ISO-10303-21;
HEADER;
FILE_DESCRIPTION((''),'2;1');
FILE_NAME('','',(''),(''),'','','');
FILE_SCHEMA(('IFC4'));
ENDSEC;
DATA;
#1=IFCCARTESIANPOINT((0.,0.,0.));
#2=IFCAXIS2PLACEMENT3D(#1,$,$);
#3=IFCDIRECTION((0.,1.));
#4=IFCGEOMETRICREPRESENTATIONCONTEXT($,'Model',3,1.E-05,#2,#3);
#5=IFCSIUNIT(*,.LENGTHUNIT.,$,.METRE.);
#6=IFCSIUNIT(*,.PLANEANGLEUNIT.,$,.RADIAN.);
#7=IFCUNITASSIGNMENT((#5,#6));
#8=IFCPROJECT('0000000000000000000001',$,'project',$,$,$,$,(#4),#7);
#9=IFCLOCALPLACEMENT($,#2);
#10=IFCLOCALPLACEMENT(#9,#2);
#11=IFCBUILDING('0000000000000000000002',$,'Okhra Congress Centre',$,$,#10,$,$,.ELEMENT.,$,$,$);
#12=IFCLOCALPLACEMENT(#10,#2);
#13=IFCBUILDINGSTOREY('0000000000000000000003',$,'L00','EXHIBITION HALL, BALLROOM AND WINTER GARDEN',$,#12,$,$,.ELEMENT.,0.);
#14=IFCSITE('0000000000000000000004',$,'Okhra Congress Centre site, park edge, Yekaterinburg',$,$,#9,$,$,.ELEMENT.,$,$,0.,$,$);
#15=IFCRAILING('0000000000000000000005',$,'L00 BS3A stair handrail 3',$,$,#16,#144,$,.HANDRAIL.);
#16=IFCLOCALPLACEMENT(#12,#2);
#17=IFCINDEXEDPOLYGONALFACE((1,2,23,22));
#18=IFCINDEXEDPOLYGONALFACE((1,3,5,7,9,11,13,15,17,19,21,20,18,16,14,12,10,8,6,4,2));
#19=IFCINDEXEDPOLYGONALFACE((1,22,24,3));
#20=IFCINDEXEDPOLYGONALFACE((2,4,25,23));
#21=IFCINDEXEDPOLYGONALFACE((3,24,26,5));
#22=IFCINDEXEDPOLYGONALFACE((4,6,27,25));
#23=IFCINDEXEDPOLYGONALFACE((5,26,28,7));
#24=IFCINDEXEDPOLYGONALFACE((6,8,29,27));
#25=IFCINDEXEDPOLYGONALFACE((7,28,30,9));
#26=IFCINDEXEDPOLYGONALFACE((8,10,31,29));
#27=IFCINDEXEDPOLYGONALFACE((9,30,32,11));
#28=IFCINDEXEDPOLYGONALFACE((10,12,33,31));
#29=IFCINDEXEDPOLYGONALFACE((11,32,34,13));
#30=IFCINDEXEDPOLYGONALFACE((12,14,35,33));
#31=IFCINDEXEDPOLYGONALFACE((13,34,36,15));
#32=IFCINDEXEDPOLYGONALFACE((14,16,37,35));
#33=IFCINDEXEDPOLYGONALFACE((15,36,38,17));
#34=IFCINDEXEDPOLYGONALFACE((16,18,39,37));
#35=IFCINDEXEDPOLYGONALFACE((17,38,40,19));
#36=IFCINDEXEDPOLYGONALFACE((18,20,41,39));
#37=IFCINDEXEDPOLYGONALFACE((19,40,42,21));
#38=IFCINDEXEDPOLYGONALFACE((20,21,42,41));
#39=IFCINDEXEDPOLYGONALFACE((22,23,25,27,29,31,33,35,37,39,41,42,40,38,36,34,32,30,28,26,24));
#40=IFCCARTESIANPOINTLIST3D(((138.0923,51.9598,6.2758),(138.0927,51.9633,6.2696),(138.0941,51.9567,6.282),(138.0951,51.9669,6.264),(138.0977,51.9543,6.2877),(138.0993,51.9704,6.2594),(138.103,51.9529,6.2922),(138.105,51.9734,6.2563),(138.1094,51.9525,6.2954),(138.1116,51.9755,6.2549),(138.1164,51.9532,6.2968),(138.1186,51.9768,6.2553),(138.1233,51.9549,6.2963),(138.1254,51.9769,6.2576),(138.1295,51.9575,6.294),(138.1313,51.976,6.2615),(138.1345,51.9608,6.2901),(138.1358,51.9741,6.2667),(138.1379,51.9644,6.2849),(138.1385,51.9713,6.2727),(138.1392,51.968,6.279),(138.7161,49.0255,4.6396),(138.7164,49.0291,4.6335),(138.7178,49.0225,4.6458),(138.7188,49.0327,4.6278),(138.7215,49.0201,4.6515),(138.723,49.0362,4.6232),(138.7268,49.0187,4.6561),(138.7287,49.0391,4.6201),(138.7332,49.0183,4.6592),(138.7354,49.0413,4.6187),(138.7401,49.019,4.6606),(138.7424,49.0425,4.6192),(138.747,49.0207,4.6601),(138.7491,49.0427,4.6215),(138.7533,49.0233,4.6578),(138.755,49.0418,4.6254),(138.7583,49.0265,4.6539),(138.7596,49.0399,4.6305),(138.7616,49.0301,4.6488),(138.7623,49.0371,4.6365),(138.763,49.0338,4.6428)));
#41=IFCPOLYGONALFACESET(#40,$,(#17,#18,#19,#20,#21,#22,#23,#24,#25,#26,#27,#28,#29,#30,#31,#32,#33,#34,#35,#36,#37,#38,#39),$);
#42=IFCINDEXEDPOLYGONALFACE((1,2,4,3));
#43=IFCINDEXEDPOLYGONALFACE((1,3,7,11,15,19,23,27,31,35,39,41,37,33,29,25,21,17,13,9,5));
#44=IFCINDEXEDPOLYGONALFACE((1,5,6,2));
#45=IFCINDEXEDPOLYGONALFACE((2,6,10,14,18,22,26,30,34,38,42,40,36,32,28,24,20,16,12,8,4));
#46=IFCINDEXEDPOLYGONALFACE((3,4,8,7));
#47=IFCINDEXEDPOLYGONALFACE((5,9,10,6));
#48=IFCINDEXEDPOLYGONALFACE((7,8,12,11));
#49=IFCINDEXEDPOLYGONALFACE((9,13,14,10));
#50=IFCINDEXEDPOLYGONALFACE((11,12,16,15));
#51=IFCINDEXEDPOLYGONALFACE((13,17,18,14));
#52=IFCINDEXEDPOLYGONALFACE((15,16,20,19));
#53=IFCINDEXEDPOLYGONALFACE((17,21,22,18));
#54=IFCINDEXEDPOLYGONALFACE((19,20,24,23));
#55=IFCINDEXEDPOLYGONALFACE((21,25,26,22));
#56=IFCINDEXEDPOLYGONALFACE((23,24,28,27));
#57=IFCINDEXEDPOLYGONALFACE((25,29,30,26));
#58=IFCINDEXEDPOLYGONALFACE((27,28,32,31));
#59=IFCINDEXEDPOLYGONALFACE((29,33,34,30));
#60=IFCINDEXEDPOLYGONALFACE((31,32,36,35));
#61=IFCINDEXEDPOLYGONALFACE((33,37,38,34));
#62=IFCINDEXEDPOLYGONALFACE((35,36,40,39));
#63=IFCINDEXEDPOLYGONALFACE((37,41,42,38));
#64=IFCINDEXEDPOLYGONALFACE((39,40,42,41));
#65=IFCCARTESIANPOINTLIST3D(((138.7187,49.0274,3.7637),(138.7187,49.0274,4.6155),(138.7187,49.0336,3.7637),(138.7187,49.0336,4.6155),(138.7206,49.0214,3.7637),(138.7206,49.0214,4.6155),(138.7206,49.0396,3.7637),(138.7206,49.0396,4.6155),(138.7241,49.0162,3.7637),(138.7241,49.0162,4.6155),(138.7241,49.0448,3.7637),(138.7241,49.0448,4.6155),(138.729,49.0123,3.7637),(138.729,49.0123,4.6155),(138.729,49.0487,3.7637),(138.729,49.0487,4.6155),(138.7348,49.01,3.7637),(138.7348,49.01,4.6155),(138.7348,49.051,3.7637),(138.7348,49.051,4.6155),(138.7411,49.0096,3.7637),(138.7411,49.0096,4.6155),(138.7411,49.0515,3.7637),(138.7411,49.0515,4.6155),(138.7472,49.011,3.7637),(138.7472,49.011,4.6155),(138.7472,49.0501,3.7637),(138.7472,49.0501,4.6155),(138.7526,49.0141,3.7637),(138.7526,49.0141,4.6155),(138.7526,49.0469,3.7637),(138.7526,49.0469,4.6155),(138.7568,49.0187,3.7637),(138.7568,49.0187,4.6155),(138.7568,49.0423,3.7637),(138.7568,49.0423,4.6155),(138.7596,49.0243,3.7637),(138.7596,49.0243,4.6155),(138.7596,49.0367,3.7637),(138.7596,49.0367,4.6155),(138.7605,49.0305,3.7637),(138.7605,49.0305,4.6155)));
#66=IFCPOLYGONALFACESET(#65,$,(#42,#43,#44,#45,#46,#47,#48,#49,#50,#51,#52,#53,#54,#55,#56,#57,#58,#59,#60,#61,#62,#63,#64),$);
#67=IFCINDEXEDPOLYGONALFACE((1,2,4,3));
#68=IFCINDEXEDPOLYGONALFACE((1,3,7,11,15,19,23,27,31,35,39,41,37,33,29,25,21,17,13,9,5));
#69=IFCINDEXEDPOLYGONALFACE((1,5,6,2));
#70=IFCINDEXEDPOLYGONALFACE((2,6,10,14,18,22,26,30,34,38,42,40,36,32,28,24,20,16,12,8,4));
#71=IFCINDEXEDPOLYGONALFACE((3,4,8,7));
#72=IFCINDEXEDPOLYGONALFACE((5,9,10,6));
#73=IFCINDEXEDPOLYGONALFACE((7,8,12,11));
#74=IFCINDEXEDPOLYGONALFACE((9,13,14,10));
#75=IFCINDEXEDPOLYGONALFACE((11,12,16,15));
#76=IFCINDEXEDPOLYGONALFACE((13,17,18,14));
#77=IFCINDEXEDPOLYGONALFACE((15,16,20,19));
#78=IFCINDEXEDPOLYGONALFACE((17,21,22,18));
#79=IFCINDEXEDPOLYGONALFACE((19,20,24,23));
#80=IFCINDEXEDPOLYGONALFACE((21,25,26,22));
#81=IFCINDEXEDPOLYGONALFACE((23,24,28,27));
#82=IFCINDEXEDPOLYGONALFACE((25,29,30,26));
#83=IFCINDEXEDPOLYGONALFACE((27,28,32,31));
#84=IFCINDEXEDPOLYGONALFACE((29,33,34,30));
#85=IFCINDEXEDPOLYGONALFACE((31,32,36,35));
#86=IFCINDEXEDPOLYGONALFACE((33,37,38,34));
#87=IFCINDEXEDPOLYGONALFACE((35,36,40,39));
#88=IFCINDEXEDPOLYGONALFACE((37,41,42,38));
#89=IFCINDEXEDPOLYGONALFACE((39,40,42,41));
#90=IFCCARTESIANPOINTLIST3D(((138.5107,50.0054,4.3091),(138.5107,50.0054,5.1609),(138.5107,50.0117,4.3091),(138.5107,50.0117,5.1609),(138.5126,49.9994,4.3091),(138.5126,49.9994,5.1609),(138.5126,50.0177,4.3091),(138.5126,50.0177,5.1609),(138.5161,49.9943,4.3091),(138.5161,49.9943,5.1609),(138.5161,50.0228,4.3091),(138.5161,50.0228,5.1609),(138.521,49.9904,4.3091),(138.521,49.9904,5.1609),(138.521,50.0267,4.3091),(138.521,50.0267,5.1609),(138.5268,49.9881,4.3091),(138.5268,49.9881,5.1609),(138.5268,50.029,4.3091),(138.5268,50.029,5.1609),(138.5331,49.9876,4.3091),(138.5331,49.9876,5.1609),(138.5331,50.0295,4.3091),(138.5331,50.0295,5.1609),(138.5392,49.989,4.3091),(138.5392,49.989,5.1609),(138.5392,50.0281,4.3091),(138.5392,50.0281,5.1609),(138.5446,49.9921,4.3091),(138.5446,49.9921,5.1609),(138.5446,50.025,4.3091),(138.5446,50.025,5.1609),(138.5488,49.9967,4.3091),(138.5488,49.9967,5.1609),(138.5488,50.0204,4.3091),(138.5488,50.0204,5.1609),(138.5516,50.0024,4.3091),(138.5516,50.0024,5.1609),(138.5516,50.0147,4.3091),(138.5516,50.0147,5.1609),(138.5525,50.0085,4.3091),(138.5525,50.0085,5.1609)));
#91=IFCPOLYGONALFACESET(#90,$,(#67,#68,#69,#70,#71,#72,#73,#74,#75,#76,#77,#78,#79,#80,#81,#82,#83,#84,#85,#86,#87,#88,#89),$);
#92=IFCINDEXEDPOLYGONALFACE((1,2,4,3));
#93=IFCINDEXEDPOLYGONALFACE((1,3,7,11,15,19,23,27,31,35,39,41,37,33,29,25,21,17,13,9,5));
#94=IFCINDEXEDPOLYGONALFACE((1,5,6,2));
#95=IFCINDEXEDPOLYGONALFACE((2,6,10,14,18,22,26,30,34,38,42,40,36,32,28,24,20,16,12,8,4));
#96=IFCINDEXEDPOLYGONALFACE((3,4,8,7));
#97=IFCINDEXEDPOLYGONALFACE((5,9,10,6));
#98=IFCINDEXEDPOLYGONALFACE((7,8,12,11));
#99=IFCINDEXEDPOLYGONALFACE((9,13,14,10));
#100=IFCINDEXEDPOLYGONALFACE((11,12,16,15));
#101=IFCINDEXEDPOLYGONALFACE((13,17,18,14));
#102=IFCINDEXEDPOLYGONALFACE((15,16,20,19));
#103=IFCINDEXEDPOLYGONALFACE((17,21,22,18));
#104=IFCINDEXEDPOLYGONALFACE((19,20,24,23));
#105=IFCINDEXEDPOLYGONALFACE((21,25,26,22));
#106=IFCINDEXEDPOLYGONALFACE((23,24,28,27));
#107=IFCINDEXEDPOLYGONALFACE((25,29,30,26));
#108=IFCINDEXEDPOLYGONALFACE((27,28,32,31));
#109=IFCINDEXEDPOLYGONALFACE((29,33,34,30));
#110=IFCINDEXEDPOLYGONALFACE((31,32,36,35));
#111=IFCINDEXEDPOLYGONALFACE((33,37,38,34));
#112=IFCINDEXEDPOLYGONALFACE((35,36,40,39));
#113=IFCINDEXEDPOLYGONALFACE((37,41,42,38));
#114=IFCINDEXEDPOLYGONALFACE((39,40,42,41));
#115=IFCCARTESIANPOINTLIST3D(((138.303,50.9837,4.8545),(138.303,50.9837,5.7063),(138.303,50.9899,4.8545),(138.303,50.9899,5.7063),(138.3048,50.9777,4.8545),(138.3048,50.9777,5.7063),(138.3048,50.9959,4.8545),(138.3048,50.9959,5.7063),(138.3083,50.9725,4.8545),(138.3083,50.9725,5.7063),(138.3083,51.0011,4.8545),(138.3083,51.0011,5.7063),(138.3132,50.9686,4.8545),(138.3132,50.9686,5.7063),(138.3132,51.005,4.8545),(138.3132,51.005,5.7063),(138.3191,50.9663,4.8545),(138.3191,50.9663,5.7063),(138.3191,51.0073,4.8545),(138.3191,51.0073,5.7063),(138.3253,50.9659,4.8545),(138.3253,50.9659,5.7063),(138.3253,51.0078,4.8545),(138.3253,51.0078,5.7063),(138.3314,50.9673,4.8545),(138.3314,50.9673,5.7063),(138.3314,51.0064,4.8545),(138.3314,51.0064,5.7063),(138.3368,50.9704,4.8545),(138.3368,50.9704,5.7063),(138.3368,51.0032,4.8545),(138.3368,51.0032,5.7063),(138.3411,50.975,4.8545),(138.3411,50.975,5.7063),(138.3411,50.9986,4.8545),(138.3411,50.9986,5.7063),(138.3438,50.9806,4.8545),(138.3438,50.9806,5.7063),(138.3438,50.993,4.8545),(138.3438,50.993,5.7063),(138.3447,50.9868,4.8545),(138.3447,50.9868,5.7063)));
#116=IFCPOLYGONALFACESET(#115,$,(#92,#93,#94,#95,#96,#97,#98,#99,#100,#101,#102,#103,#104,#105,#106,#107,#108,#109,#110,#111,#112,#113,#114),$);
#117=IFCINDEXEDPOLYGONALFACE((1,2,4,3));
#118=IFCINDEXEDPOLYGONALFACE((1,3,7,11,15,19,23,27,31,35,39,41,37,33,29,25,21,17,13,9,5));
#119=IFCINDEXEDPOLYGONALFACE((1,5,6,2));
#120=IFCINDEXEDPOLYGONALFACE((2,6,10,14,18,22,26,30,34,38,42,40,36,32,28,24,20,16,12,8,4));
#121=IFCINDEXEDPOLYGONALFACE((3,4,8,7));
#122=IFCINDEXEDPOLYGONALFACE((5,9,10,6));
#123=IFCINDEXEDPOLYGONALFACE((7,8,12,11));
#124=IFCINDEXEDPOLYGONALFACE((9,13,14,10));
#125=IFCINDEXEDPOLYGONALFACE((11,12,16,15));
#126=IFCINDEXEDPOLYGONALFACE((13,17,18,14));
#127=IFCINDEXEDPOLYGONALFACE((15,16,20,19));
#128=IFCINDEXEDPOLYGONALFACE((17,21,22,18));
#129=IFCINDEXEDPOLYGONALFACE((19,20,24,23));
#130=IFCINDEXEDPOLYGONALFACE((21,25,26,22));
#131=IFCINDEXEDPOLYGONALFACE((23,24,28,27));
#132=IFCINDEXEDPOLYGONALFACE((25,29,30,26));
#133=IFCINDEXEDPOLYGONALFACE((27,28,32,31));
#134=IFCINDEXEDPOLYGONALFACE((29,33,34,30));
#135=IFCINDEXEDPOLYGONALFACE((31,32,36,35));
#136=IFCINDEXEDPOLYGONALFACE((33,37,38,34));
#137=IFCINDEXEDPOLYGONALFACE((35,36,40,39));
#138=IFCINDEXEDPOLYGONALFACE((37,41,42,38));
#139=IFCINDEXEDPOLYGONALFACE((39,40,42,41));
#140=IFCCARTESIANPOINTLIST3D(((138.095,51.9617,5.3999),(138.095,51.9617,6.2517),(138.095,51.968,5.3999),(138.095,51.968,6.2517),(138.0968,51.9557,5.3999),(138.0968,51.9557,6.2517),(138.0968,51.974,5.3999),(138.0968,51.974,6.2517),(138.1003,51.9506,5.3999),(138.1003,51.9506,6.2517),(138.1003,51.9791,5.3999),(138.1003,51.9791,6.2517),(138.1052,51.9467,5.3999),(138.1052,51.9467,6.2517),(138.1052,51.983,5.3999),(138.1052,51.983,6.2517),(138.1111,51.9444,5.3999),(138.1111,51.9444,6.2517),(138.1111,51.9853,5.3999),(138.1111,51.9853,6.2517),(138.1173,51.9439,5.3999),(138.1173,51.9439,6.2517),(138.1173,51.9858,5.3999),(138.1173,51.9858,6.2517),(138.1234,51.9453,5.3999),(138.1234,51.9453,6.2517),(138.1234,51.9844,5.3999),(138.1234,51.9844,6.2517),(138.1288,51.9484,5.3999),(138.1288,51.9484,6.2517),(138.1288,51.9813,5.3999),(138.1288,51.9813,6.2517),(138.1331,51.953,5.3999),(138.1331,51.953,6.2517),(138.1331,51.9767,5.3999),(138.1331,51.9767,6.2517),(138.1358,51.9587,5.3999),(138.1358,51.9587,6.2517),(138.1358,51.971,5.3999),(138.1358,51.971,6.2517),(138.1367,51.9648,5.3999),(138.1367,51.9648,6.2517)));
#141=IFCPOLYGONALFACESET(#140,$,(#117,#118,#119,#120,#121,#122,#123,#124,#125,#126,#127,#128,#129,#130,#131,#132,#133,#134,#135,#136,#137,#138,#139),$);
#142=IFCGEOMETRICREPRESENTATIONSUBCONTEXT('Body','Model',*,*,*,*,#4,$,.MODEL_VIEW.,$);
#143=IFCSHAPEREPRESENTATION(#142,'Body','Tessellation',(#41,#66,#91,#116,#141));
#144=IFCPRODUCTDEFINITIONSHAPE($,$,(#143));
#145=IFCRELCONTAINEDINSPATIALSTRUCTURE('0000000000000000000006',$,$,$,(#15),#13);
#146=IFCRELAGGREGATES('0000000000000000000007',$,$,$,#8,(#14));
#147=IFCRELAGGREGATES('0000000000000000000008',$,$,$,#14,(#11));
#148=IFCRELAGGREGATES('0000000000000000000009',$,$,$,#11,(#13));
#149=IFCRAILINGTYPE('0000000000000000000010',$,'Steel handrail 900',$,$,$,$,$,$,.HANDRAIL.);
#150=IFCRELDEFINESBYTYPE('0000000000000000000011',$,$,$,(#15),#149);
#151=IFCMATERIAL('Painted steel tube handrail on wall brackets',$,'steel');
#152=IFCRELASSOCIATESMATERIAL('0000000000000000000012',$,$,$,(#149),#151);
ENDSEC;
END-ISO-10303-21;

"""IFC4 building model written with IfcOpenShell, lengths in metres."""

from ifc_helpers import new_model, si_unit, direction, frame, origin, origin_2d, place, context, subcontext, project, spatial, circle, extrude, material, type_object, element, save


model = new_model("IFC4")

# Units and contexts
model_context = context("Model", 3, precision=1e-05, world=origin(), true_north=direction((0.0, 1.0)))
body_context = subcontext(model_context, "Body", "Model", "MODEL_VIEW")
ifc_project = project(units=[si_unit("LENGTHUNIT", "METRE"), si_unit("PLANEANGLEUNIT", "RADIAN")], contexts=[model_context])

# Site, building, storey
site_placement = place(None, origin())
site = spatial("IfcSite", under=ifc_project, at=site_placement, Name="Okhra Congress Centre site, park edge, Yekaterinburg", CompositionType="ELEMENT", RefElevation=0.0)
building_placement = place(site_placement, origin())
building = spatial("IfcBuilding", under=site, at=building_placement, Name="Okhra Congress Centre", CompositionType="ELEMENT")
storey_placement = place(building_placement, origin())
storey = spatial("IfcBuildingStorey", under=building, at=storey_placement, Name="L00", Description="EXHIBITION HALL, BALLROOM AND WINTER GARDEN", CompositionType="ELEMENT", Elevation=0.0)

# Railing
ifc_material_1 = material(Name="Painted steel tube handrail on wall brackets", Category="steel")
railing_type_1 = type_object("IfcRailingType", Name="Steel handrail 900", PredefinedType="HANDRAIL", material=ifc_material_1)
railing_1_placement = place(storey_placement, frame((138.7395, 49.0305, 3.7637)))
element("IfcRailing", 1, at=railing_1_placement, inside=storey, type_object=railing_type_1, Name="L00 BS3A stair handrail 3", PredefinedType="HANDRAIL", context=body_context, shape_type="SweptSolid", body=[
    extrude(circle(Radius=0.0239, at=origin_2d()), frame((0.0, 0.0, 0.876), z_axis=(-0.182546, 0.858716, 0.478835), x_axis=(-0.978143, -0.207934, 0.0)), (0.0, 0.0, 1.0), 3.417),
    extrude(circle(Radius=0.021, at=origin_2d()), origin(), (0.0, 0.0, 1.0), 0.8518),
    extrude(circle(Radius=0.021, at=origin_2d()), frame((-0.208, 0.978, 0.5454)), (0.0, 0.0, 1.0), 0.8518),
    extrude(circle(Radius=0.021, at=origin_2d()), frame((-0.4158, 1.9563, 1.0908)), (0.0, 0.0, 1.0), 0.8518),
    extrude(circle(Radius=0.021, at=origin_2d()), frame((-0.6238, 2.9343, 1.6362)), (0.0, 0.0, 1.0), 0.8518),
])

save(model, "model.ifc")
